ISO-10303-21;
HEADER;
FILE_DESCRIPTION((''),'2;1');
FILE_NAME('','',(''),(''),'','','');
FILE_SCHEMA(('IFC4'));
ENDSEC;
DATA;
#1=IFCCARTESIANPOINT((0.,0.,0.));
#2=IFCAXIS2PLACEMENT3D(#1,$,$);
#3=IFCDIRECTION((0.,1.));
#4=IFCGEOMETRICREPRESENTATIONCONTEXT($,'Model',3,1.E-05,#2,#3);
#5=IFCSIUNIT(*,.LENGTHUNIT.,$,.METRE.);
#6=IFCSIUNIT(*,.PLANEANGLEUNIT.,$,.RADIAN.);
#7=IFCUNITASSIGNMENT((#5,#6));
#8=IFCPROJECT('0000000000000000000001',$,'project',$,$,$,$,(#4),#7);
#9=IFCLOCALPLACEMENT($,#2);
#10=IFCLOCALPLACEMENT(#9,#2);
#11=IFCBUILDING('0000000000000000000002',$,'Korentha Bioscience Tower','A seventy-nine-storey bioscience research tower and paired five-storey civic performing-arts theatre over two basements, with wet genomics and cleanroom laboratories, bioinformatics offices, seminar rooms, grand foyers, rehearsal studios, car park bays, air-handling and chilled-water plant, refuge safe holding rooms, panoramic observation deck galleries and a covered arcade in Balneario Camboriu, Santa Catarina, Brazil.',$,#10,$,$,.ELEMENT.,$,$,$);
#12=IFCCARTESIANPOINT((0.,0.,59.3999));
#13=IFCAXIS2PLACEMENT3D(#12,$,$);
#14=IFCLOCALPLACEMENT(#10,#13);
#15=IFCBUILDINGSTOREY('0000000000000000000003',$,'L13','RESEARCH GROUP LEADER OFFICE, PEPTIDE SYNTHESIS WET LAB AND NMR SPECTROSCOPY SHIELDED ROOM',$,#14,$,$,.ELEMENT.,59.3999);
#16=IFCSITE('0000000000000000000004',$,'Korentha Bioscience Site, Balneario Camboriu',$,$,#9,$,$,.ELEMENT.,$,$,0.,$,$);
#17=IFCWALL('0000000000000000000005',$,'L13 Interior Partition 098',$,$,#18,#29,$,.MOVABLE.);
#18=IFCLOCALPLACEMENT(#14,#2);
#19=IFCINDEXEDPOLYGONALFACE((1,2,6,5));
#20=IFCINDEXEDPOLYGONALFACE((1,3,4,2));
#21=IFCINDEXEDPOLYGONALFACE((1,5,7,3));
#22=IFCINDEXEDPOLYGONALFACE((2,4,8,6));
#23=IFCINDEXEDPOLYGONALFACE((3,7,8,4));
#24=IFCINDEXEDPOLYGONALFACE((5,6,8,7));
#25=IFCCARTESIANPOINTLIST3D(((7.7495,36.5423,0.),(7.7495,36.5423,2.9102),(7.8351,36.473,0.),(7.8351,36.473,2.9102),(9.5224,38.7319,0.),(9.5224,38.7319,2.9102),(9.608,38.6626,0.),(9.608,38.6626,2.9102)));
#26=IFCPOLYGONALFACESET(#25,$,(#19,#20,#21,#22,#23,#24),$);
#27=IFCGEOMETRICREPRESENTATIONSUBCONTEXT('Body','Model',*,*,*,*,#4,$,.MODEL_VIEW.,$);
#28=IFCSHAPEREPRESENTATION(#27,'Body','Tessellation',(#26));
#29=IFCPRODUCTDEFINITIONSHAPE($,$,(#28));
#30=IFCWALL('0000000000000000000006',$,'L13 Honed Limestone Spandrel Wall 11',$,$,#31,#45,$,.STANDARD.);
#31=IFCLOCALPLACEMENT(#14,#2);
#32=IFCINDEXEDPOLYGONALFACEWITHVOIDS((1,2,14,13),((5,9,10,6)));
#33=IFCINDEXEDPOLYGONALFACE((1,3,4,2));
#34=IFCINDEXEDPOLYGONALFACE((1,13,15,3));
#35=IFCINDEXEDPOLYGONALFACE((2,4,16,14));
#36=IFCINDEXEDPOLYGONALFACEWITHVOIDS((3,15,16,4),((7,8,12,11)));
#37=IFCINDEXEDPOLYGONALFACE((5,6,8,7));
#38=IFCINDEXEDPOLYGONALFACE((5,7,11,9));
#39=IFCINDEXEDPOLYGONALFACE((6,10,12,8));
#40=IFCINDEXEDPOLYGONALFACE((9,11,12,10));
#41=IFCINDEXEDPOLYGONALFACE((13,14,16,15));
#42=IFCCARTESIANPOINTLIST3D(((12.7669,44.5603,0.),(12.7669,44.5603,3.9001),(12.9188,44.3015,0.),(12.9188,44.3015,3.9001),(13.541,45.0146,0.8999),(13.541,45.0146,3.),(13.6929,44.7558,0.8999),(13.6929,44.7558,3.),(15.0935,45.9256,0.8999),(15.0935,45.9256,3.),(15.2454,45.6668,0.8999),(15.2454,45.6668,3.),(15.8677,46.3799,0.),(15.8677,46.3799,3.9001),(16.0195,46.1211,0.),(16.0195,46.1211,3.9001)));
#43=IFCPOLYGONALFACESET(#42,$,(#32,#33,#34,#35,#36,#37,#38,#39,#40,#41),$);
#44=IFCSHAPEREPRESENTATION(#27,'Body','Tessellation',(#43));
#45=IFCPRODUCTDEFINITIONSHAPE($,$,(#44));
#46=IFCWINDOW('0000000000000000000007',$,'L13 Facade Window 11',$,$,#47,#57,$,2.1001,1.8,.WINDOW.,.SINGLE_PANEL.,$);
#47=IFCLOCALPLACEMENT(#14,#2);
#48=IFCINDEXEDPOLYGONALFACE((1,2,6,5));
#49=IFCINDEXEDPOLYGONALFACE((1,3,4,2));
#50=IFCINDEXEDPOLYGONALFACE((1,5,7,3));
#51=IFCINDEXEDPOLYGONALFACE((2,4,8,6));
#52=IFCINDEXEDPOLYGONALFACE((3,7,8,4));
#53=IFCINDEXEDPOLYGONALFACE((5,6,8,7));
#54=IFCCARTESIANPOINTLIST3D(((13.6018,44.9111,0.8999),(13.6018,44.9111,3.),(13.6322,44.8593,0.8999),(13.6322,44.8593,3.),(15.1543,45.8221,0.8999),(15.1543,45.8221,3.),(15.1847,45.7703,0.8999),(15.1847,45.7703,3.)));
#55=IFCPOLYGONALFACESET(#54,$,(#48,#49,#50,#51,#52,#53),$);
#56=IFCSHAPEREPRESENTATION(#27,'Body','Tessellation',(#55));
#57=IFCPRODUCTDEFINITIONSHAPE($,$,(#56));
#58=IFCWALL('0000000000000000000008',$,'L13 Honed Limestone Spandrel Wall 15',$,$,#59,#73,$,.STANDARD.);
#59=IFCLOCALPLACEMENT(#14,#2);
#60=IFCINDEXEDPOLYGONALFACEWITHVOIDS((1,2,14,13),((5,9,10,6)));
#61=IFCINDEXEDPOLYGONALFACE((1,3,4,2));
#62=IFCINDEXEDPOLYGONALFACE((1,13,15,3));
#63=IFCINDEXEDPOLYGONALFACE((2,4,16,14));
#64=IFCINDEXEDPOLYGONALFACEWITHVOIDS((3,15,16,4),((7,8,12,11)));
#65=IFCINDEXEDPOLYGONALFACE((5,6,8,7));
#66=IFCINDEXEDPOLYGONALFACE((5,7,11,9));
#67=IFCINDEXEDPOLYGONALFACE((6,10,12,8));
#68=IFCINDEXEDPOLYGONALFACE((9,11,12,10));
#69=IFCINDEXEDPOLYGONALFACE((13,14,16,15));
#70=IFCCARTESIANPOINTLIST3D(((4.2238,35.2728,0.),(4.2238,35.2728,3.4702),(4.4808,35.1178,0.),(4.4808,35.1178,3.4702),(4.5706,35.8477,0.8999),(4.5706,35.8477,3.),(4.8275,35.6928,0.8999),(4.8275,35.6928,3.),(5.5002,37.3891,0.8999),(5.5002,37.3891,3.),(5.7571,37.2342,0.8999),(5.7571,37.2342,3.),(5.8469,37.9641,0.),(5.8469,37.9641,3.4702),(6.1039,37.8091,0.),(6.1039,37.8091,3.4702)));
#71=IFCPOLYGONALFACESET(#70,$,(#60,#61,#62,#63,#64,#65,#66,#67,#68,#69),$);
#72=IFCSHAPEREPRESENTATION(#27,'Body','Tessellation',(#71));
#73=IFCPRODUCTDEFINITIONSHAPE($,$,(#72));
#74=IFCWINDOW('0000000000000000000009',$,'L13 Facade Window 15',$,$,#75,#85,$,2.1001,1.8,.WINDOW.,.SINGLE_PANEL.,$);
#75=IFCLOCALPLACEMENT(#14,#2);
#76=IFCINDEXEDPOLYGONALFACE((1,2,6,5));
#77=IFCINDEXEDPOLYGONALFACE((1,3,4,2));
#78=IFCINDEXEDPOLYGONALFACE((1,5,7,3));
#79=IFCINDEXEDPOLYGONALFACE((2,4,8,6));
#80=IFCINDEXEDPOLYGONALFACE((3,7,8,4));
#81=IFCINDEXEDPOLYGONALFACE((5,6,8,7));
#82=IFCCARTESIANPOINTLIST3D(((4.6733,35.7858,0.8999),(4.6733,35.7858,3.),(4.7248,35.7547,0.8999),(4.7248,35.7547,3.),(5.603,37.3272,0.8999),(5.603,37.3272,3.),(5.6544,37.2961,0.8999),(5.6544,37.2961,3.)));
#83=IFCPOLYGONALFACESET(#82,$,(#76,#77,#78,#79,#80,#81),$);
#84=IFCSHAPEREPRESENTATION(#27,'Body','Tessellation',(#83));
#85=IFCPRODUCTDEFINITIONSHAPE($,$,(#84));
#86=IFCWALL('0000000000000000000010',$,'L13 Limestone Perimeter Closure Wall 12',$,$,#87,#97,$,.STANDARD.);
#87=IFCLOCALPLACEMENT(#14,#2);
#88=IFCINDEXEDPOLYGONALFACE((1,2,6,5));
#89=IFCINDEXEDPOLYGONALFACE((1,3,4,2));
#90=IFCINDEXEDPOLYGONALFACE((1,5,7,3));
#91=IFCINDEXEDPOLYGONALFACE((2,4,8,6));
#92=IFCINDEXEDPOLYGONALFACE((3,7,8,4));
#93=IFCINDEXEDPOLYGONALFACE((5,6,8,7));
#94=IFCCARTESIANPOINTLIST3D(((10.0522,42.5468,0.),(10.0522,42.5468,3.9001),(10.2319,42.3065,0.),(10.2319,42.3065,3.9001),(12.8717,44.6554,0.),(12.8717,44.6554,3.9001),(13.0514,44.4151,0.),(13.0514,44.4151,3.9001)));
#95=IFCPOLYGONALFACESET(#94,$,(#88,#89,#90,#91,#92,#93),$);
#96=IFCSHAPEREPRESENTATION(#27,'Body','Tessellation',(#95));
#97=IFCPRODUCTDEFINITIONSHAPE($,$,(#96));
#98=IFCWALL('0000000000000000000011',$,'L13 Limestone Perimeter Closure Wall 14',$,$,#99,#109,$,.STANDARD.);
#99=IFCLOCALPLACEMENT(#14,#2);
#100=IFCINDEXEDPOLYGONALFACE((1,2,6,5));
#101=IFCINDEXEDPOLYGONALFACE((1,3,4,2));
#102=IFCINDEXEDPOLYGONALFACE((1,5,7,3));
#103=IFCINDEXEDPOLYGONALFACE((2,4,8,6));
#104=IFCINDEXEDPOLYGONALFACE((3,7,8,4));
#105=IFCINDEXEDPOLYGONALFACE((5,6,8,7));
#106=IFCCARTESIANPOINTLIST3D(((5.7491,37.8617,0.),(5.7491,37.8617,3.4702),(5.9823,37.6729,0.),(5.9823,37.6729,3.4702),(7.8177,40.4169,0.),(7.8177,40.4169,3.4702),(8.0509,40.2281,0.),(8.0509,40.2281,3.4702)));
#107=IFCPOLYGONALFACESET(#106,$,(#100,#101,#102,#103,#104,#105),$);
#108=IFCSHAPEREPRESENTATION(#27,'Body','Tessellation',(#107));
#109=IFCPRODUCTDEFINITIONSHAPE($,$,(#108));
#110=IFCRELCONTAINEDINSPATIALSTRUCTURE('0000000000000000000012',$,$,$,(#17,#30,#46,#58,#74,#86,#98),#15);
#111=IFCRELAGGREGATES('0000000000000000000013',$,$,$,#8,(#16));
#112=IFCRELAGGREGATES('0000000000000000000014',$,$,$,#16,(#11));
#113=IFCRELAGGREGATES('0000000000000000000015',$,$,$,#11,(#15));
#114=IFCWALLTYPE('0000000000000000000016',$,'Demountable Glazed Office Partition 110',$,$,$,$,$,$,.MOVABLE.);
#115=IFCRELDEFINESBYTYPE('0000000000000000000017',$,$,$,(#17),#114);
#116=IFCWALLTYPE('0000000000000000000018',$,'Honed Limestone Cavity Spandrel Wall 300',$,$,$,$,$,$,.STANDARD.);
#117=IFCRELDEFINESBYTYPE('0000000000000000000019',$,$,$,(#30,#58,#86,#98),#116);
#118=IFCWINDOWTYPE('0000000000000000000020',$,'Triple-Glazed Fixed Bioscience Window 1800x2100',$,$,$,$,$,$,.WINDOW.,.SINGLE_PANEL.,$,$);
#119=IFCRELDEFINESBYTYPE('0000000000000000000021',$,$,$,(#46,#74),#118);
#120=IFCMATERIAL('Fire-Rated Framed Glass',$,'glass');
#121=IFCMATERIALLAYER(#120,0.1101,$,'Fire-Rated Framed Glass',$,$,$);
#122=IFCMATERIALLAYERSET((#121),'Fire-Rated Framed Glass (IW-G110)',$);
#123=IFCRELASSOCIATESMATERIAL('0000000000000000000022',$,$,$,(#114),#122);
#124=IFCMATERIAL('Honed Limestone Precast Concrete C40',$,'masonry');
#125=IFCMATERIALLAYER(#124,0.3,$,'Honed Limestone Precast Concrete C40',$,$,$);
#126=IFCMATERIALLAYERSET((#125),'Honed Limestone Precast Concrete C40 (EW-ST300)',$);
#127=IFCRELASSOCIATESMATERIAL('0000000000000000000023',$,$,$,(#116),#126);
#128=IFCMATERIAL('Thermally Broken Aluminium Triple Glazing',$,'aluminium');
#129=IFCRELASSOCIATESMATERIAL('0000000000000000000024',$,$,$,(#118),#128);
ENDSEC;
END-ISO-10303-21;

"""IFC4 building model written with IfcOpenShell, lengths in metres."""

from ifc_helpers import new_model, si_unit, direction, frame, frame_2d, origin, place, context, subcontext, project, spatial, rectangle, extrude, material, layer, layer_set, type_object, element, fill, save


model = new_model("IFC4")

# Units and contexts
model_context = context("Model", 3, precision=1e-05, world=origin(), true_north=direction((0.0, 1.0)))
body_context = subcontext(model_context, "Body", "Model", "MODEL_VIEW")
ifc_project = project(units=[si_unit("LENGTHUNIT", "METRE"), si_unit("PLANEANGLEUNIT", "RADIAN")], contexts=[model_context])

# Site, building, storey
site_placement = place(None, origin())
site = spatial("IfcSite", under=ifc_project, at=site_placement, Name="Korentha Bioscience Site, Balneario Camboriu", CompositionType="ELEMENT", RefElevation=0.0)
building_placement = place(site_placement, origin())
building = spatial("IfcBuilding", under=site, at=building_placement, Name="Korentha Bioscience Tower", Description="A seventy-nine-storey bioscience research tower and paired five-storey civic performing-arts theatre over two basements, with wet genomics and cleanroom laboratories, bioinformatics offices, seminar rooms, grand foyers, rehearsal studios, car park bays, air-handling and chilled-water plant, refuge safe holding rooms, panoramic observation deck galleries and a covered arcade in Balneario Camboriu, Santa Catarina, Brazil.", CompositionType="ELEMENT")
storey_placement = place(building_placement, frame((0.0, 0.0, 59.3999)))
storey = spatial("IfcBuildingStorey", under=building, at=storey_placement, Name="L13", Description="RESEARCH GROUP LEADER OFFICE, PEPTIDE SYNTHESIS WET LAB AND NMR SPECTROSCOPY SHIELDED ROOM", CompositionType="ELEMENT", Elevation=59.3999)

# Shared definitions
ifc_material_1 = material(Name="Fire-Rated Framed Glass", Category="glass")
ifc_layer_1 = layer(ifc_material_1, 0.1101, Name="Fire-Rated Framed Glass")
ifc_layer_set_1 = layer_set([ifc_layer_1], Name="Fire-Rated Framed Glass (IW-G110)")
wall_type_1 = type_object("IfcWallType", Name="Demountable Glazed Office Partition 110", PredefinedType="MOVABLE", material=ifc_layer_set_1)

# Wall
wall_1_placement = place(storey_placement, frame((9.5652, 38.6973, 0.0), z_axis=(0.0, 0.0, 1.0), x_axis=(-0.629271, -0.777186, 0.0)))
element("IfcWall", 1, at=wall_1_placement, inside=storey, type_object=wall_type_1, Name="L13 Interior Partition 098", PredefinedType="MOVABLE", context=body_context, shape_type="SweptSolid", body=[
    extrude(rectangle(XDim=2.8174, YDim=0.1101, at=frame_2d((1.4087, 0.0))), origin(), (0.0, 0.0, 1.0), 2.9102),
])

# Walls, openings, windows
ifc_material_2 = material(Name="Honed Limestone Precast Concrete C40", Category="masonry")
ifc_layer_2 = layer(ifc_material_2, 0.3, Name="Honed Limestone Precast Concrete C40")
ifc_layer_set_2 = layer_set([ifc_layer_2], Name="Honed Limestone Precast Concrete C40 (EW-ST300)")
wall_type_2 = type_object("IfcWallType", Name="Honed Limestone Cavity Spandrel Wall 300", PredefinedType="STANDARD", material=ifc_layer_set_2)
wall_2_placement = place(storey_placement, frame((15.9436, 46.2505, 0.0), z_axis=(0.0, 0.0, 1.0), x_axis=(-0.862473, -0.506103, 0.0)))
wall_2 = element("IfcWall", 2, at=wall_2_placement, inside=storey, type_object=wall_type_2, Name="L13 Honed Limestone Spandrel Wall 11", PredefinedType="STANDARD", context=body_context, shape_type="SweptSolid", body=[
    extrude(rectangle(XDim=3.5952, YDim=0.3, at=frame_2d((1.7976, 0.0))), origin(), (0.0, 0.0, 1.0), 3.9001),
])
opening_1_placement = place(wall_2_placement, frame((0.8977, 0.0, 0.8999)))
opening_1 = element("IfcOpeningElement", 3, at=opening_1_placement, cuts=wall_2, PredefinedType="OPENING", context=body_context, shape_type="SweptSolid", body=[
    extrude(rectangle(XDim=1.8, YDim=2.1001, at=frame_2d((0.8999, 1.05))), frame((0.0, 0.165, 0.0), z_axis=(0.0, -1.0, 0.0), x_axis=(1.0, 0.0, 0.0)), (0.0, 0.0, 1.0), 0.3298),
])
ifc_material_3 = material(Name="Thermally Broken Aluminium Triple Glazing", Category="aluminium")
window_type = type_object("IfcWindowType", Name="Triple-Glazed Fixed Bioscience Window 1800x2100", PartitioningType="SINGLE_PANEL", PredefinedType="WINDOW", material=ifc_material_3)
window_1_placement = place(opening_1_placement, origin())
window_1 = element("IfcWindow", 4, at=window_1_placement, inside=storey, type_object=window_type, Name="L13 Facade Window 11", OverallHeight=2.1001, OverallWidth=1.8, PartitioningType="SINGLE_PANEL", PredefinedType="WINDOW", context=body_context, shape_type="SweptSolid", body=[
    extrude(rectangle(XDim=1.8, YDim=2.1001, at=frame_2d((0.8999, 1.05))), frame((0.0, 0.03, 0.0), z_axis=(0.0, -1.0, 0.0), x_axis=(1.0, 0.0, 0.0)), (0.0, 0.0, 1.0), 0.0601),
])
fill(opening_1, window_1)
wall_3_placement = place(storey_placement, frame((5.9753, 37.8865, 0.0), z_axis=(0.0, 0.0, 1.0), x_axis=(-0.516448, -0.856319, 0.0)))
wall_3 = element("IfcWall", 5, at=wall_3_placement, inside=storey, type_object=wall_type_2, Name="L13 Honed Limestone Spandrel Wall 15", PredefinedType="STANDARD", context=body_context, shape_type="SweptSolid", body=[
    extrude(rectangle(XDim=3.1428, YDim=0.3, at=frame_2d((1.5713, 0.0))), origin(), (0.0, 0.0, 1.0), 3.4702),
])
opening_2_placement = place(wall_3_placement, frame((0.6714, 0.0, 0.8999)))
opening_2 = element("IfcOpeningElement", 6, at=opening_2_placement, cuts=wall_3, PredefinedType="OPENING", context=body_context, shape_type="SweptSolid", body=[
    extrude(rectangle(XDim=1.8, YDim=2.1001, at=frame_2d((0.8999, 1.05))), frame((0.0, 0.165, 0.0), z_axis=(0.0, -1.0, 0.0), x_axis=(1.0, 0.0, 0.0)), (0.0, 0.0, 1.0), 0.3298),
])
window_2_placement = place(opening_2_placement, origin())
window_2 = element("IfcWindow", 7, at=window_2_placement, inside=storey, type_object=window_type, Name="L13 Facade Window 15", OverallHeight=2.1001, OverallWidth=1.8, PartitioningType="SINGLE_PANEL", PredefinedType="WINDOW", context=body_context, shape_type="SweptSolid", body=[
    extrude(rectangle(XDim=1.8, YDim=2.1001, at=frame_2d((0.8999, 1.05))), frame((0.0, 0.03, 0.0), z_axis=(0.0, -1.0, 0.0), x_axis=(1.0, 0.0, 0.0)), (0.0, 0.0, 1.0), 0.0601),
])
fill(opening_2, window_2)

# Walls
wall_4_placement = place(storey_placement, frame((12.9614, 44.5352, 0.0), z_axis=(0.0, 0.0, 1.0), x_axis=(-0.800823, -0.598901, 0.0)))
element("IfcWall", 8, at=wall_4_placement, inside=storey, type_object=wall_type_2, Name="L13 Limestone Perimeter Closure Wall 12", PredefinedType="STANDARD", context=body_context, shape_type="SweptSolid", body=[
    extrude(rectangle(XDim=3.5208, YDim=0.3, at=frame_2d((1.7603, 0.0))), origin(), (0.0, 0.0, 1.0), 3.9001),
])
wall_5_placement = place(storey_placement, frame((7.9343, 40.3225, 0.0), z_axis=(0.0, 0.0, 1.0), x_axis=(-0.629222, -0.777226, 0.0)))
element("IfcWall", 9, at=wall_5_placement, inside=storey, type_object=wall_type_2, Name="L13 Limestone Perimeter Closure Wall 14", PredefinedType="STANDARD", context=body_context, shape_type="SweptSolid", body=[
    extrude(rectangle(XDim=3.2876, YDim=0.3, at=frame_2d((1.6438, 0.0))), origin(), (0.0, 0.0, 1.0), 3.4702),
])

save(model, "model.ifc")
